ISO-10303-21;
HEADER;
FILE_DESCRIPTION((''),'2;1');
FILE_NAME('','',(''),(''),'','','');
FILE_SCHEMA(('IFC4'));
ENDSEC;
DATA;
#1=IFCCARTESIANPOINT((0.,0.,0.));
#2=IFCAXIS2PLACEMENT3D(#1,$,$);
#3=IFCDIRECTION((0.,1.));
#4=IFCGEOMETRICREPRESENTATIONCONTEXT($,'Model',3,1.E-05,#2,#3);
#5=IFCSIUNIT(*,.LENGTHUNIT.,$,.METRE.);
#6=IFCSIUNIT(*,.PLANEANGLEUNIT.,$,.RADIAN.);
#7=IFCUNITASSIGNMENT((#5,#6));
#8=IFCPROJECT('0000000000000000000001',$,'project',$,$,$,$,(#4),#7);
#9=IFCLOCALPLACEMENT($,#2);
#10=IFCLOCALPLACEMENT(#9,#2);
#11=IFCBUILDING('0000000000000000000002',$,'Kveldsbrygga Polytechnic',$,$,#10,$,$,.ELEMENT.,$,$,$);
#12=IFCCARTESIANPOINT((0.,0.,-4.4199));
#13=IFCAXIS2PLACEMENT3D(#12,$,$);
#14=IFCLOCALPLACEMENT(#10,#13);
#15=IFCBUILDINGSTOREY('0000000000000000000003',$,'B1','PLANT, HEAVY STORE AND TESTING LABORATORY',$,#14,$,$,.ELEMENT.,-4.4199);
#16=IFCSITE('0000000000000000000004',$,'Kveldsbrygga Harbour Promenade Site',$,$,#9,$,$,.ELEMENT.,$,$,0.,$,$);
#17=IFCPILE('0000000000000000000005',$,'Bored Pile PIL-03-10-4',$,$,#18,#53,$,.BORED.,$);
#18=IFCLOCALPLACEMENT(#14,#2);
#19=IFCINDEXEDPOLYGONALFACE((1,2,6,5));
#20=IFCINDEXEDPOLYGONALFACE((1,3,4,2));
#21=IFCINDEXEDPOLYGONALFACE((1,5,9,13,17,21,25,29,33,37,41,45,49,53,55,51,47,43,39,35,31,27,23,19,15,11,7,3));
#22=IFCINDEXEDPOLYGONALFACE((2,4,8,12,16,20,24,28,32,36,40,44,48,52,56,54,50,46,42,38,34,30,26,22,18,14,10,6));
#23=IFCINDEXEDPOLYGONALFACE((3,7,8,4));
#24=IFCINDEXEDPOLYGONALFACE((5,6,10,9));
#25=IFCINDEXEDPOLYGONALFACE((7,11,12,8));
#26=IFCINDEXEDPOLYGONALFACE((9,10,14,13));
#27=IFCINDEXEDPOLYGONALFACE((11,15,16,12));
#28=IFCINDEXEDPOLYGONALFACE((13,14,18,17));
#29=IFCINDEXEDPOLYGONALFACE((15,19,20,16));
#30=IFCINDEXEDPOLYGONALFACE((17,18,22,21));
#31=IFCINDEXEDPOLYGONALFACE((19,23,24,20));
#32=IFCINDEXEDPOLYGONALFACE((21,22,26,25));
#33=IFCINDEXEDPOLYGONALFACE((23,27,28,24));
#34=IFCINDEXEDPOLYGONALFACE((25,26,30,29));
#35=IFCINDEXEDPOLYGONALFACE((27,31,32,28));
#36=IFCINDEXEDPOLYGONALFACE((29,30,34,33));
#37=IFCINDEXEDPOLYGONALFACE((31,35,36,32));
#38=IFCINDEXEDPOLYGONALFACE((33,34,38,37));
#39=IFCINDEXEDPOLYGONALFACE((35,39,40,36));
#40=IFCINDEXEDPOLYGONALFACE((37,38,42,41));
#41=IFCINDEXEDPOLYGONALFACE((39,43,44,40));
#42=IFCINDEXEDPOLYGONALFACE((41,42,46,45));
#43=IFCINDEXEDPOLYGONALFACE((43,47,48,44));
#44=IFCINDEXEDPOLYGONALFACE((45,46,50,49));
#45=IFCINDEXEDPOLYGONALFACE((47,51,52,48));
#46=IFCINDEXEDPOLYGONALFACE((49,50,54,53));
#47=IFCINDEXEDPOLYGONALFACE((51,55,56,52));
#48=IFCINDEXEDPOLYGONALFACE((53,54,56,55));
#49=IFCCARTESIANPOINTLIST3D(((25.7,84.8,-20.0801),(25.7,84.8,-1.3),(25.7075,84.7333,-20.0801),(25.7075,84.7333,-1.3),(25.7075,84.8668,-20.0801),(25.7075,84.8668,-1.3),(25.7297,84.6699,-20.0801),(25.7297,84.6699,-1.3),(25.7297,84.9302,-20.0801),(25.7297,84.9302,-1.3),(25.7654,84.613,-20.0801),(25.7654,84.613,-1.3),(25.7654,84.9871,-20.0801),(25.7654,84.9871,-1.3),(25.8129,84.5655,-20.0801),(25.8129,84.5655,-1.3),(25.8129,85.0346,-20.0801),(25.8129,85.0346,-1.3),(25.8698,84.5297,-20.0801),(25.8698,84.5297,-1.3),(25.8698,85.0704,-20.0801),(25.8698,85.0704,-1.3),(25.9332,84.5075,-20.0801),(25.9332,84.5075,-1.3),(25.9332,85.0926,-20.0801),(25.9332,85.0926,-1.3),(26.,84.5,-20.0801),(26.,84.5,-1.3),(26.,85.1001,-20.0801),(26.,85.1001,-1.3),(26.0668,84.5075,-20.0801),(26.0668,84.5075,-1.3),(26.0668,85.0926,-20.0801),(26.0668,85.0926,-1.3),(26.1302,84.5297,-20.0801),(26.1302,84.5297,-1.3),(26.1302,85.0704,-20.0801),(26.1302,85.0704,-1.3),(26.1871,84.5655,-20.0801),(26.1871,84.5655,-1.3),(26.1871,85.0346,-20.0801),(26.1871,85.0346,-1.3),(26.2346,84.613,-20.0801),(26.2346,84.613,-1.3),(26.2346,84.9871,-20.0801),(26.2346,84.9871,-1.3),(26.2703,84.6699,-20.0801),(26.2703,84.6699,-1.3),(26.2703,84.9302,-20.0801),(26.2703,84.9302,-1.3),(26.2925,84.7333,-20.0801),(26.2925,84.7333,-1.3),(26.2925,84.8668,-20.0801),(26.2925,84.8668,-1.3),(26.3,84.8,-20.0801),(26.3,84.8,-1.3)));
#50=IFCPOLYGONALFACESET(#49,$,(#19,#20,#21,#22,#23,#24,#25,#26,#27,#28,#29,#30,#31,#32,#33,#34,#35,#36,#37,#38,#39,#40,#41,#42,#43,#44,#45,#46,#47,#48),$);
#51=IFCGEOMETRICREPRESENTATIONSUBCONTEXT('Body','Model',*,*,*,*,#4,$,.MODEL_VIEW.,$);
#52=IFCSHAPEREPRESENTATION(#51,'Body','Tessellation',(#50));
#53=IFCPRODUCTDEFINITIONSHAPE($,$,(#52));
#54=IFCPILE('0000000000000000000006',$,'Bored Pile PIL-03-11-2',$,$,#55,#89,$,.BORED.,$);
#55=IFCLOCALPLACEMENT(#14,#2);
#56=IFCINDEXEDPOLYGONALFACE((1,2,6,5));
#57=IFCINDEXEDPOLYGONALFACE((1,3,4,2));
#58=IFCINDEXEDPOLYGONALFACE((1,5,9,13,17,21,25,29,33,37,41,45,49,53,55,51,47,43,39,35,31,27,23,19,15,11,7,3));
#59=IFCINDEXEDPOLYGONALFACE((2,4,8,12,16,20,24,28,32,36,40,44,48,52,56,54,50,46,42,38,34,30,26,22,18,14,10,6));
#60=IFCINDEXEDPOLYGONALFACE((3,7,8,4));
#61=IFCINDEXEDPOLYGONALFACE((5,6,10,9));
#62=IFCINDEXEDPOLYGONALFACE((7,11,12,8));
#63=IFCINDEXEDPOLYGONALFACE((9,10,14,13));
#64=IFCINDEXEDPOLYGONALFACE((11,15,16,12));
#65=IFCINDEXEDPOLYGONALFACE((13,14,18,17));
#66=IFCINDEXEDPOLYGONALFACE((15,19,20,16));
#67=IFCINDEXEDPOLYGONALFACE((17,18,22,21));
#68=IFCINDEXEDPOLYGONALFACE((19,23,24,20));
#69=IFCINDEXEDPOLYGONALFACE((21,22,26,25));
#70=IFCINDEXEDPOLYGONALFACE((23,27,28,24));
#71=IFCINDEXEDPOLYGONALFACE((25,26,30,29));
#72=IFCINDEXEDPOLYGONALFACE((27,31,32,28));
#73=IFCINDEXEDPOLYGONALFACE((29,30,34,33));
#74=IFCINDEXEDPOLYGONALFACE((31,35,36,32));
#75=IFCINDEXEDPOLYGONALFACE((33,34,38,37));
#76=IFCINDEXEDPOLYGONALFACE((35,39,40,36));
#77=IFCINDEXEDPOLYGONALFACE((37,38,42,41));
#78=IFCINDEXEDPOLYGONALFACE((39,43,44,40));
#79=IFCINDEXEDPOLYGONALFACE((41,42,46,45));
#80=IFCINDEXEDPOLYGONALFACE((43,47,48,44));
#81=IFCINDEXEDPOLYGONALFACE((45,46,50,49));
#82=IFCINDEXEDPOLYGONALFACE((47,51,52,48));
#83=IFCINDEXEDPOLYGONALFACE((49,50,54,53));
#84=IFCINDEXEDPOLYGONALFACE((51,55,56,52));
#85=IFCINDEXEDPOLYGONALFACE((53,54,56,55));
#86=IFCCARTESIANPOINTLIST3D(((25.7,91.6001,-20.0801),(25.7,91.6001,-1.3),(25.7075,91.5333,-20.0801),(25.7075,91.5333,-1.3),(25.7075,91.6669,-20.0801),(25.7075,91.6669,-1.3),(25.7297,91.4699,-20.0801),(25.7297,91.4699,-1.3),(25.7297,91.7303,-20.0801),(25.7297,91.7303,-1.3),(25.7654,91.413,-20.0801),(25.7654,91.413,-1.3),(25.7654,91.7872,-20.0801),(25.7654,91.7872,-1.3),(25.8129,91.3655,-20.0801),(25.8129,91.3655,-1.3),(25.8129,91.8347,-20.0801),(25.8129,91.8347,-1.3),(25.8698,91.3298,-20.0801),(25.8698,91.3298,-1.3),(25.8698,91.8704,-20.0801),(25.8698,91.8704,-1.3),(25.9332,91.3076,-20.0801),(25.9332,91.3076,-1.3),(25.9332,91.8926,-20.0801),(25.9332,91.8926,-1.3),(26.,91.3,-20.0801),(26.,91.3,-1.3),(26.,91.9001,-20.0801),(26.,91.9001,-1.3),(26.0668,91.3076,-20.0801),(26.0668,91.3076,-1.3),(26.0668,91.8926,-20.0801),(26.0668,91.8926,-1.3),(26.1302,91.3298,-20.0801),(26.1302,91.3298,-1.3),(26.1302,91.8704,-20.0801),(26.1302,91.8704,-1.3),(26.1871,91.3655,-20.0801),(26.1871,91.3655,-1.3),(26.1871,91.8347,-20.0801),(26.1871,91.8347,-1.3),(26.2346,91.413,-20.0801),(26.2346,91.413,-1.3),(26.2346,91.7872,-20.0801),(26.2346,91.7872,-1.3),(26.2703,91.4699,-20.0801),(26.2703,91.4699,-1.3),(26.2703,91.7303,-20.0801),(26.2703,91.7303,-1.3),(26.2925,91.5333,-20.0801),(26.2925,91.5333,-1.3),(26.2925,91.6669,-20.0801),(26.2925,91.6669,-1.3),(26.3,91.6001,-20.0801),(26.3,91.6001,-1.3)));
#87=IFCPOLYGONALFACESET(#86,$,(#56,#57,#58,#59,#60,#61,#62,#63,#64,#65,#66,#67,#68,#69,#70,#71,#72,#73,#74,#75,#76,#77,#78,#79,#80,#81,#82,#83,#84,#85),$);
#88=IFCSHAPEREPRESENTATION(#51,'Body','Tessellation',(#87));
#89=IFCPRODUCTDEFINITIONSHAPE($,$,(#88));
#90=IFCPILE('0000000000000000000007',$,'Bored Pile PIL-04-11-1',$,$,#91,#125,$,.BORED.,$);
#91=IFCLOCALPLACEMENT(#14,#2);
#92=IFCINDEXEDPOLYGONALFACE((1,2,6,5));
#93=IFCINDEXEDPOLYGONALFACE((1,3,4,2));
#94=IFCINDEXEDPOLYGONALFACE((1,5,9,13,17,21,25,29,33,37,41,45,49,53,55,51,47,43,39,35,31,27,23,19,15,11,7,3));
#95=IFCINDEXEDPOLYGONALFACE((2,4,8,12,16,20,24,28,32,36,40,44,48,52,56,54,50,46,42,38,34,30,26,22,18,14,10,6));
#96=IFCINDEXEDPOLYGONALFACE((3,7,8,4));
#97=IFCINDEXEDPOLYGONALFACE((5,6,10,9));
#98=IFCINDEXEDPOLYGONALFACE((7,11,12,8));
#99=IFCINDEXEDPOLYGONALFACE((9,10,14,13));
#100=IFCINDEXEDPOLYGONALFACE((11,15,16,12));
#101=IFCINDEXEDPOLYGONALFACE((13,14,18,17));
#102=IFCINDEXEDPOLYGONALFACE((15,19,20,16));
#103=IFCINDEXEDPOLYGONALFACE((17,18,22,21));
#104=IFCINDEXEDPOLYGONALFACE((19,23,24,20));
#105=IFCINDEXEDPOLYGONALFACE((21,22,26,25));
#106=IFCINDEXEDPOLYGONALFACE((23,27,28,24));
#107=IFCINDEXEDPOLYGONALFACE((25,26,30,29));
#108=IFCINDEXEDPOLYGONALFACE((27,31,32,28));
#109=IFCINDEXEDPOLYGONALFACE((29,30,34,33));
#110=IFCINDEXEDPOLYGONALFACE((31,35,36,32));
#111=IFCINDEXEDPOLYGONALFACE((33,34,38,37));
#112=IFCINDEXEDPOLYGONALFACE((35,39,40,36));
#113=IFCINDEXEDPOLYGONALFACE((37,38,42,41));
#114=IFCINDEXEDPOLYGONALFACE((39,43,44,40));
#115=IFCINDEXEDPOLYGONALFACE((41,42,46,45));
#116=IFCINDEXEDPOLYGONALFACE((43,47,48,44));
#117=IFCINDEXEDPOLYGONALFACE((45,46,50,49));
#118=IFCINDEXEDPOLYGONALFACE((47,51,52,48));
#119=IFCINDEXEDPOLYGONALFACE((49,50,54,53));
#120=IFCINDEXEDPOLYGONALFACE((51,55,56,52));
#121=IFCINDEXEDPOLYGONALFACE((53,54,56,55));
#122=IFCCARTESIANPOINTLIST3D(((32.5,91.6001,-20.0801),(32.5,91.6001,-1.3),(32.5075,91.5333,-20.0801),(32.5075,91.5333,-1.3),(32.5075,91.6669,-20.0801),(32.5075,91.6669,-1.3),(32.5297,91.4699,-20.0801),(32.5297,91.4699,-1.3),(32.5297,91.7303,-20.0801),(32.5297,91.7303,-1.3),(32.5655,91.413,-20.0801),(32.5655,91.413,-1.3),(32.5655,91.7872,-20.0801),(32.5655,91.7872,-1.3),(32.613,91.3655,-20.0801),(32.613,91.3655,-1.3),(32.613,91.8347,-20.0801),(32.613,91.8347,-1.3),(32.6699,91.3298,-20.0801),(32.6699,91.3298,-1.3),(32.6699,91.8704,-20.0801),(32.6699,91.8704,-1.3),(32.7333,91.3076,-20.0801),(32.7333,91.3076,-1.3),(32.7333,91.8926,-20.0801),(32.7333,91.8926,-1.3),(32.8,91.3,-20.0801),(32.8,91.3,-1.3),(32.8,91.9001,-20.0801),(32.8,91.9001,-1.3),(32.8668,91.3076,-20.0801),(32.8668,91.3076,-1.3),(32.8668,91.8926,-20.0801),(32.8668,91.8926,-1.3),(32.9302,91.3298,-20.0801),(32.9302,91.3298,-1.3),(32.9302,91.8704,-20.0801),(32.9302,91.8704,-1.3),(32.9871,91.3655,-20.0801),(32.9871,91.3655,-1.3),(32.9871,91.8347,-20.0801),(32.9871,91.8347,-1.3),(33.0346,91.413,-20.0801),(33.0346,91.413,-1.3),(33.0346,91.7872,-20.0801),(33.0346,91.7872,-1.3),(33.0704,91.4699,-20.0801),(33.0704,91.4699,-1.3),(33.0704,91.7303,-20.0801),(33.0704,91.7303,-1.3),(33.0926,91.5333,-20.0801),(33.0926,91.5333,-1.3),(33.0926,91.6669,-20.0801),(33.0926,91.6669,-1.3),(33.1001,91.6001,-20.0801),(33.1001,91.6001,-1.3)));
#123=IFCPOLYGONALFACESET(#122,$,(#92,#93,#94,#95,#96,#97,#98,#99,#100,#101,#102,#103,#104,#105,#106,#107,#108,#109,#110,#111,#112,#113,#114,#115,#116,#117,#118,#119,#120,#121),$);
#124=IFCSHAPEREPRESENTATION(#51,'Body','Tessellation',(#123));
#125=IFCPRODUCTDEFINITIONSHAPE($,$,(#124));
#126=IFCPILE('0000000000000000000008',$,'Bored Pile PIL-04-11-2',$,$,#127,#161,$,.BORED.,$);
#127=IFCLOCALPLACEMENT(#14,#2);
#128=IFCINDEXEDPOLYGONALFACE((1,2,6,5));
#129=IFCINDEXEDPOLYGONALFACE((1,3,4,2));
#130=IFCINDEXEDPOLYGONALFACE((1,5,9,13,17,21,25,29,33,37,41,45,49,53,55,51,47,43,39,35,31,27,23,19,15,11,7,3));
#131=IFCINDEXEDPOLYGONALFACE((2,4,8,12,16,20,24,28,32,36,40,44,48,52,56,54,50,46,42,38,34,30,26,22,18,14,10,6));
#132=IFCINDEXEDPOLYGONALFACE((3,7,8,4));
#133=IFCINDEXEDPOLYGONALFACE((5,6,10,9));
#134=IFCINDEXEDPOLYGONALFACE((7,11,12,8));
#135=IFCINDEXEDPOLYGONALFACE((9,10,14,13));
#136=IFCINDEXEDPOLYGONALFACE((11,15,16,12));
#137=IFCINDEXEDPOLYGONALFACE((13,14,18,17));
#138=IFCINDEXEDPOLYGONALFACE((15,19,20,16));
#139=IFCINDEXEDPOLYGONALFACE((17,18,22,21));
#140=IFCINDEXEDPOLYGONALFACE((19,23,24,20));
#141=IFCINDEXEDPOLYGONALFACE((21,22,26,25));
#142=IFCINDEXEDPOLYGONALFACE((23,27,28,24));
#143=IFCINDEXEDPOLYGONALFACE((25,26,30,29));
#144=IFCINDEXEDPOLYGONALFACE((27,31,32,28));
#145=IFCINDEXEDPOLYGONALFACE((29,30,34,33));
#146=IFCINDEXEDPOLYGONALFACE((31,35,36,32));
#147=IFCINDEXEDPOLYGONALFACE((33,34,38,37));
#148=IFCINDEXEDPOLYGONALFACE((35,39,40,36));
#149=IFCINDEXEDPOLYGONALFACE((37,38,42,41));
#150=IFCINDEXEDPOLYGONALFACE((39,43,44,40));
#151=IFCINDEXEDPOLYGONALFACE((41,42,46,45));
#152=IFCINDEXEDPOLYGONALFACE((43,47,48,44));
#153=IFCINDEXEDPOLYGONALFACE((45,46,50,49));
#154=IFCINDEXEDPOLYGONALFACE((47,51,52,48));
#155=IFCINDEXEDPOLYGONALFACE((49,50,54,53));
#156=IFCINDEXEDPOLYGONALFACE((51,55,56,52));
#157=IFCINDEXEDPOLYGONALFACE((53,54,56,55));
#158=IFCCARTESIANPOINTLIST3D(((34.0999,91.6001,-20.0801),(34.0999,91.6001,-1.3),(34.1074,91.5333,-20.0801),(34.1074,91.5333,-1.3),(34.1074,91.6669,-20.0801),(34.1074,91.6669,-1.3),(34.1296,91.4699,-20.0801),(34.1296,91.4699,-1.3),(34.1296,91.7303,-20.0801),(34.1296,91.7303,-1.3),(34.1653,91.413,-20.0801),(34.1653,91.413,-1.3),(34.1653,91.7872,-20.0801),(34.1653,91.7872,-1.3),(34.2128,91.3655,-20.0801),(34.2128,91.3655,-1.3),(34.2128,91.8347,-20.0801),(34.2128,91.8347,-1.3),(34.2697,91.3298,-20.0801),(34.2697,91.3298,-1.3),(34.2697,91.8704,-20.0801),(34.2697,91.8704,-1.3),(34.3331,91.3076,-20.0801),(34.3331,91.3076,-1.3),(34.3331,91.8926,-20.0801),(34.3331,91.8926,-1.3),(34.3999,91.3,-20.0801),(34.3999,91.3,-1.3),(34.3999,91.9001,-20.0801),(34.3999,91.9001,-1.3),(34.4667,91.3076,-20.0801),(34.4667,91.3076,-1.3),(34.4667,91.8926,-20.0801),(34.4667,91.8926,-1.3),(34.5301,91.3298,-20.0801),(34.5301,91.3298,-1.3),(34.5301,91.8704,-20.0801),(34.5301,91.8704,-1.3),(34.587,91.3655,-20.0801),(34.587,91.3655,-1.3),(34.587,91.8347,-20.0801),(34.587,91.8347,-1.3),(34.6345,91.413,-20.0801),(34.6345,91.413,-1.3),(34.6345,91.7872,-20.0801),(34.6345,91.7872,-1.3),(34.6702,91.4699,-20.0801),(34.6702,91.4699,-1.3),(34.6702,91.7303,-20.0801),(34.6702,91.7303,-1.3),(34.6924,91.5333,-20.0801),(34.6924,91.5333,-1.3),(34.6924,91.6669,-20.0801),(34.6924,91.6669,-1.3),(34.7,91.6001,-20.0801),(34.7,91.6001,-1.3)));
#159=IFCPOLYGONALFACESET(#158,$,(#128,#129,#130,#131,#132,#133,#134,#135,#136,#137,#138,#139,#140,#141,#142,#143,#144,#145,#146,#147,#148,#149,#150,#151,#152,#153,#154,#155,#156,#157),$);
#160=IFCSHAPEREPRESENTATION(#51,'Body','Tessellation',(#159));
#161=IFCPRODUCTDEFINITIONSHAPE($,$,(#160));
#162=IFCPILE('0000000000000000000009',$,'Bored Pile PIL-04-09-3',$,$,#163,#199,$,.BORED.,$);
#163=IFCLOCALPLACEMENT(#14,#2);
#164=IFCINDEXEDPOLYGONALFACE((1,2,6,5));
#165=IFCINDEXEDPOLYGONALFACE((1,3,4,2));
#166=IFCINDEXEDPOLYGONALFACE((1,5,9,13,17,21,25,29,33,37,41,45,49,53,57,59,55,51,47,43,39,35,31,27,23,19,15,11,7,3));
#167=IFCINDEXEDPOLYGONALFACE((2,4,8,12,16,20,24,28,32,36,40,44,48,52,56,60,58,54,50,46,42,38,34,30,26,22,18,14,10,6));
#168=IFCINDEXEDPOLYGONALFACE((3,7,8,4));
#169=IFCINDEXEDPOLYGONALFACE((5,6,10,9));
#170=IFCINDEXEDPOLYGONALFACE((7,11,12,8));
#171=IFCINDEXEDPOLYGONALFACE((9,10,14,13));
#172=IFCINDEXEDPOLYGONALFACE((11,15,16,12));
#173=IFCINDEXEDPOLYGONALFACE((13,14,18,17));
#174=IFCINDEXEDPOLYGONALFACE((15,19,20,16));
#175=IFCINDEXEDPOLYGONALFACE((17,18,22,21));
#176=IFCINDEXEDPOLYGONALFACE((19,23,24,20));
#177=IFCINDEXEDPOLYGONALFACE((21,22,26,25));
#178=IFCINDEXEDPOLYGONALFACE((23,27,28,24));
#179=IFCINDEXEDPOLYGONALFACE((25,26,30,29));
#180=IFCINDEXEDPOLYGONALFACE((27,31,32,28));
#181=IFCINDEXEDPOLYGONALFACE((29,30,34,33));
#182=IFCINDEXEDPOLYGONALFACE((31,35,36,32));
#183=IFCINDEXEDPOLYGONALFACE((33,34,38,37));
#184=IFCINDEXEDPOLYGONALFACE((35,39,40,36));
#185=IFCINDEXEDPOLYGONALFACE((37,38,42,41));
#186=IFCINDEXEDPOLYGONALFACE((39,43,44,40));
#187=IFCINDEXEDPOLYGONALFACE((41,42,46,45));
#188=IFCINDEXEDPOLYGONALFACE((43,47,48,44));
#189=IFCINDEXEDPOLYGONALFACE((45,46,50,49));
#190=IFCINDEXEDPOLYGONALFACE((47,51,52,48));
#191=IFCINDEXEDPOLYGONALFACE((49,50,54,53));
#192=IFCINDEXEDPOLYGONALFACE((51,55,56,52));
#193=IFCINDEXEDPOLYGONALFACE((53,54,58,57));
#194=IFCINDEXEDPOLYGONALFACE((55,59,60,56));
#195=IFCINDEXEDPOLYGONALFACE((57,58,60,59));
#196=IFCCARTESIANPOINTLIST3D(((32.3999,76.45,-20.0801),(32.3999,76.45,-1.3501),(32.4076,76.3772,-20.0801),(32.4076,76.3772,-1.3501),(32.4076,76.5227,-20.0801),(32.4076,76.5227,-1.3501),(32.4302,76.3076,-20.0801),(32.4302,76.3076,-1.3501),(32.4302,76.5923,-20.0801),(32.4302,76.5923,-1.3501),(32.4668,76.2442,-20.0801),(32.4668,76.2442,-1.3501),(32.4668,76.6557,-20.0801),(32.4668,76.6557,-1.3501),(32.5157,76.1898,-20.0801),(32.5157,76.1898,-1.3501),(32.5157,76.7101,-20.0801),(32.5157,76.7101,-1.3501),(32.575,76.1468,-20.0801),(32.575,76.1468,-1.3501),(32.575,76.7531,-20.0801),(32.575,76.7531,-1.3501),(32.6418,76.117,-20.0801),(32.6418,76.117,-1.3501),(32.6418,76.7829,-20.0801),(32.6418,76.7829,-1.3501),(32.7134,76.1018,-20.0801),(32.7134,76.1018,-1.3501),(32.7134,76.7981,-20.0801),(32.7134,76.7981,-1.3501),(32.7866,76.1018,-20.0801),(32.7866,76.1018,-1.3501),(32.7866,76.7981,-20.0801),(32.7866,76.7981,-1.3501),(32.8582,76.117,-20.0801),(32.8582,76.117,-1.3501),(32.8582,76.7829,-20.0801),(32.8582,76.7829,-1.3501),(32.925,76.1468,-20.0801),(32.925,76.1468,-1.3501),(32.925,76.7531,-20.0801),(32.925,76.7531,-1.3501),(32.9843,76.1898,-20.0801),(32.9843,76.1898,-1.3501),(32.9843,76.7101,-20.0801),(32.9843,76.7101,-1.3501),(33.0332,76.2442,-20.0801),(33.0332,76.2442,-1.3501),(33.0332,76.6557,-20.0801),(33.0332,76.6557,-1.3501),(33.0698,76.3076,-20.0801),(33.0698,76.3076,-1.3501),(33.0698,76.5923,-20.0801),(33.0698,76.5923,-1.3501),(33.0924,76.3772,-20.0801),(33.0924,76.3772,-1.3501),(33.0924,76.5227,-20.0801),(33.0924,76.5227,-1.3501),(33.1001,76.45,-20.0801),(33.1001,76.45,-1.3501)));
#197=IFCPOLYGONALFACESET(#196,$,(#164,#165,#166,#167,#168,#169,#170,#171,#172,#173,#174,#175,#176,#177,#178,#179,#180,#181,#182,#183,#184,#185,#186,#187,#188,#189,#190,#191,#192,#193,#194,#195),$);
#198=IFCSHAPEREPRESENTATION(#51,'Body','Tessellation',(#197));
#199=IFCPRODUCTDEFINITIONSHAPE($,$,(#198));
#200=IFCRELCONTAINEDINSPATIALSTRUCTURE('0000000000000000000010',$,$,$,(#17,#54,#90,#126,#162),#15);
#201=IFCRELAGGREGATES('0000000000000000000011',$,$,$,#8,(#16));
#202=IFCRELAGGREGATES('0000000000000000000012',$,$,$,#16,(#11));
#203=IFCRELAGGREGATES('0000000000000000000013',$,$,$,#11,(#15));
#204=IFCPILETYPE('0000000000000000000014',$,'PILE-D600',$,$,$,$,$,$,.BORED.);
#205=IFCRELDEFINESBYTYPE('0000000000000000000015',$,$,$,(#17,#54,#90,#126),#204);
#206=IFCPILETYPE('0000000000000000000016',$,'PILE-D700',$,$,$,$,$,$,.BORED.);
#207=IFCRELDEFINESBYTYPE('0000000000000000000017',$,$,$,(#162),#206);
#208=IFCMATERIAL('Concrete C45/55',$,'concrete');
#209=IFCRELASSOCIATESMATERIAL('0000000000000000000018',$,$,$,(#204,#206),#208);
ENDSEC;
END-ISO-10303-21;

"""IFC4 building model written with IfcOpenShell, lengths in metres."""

from ifc_helpers import new_model, si_unit, direction, frame, origin, origin_2d, place, context, subcontext, project, spatial, circle, extrude, material, material_profile, profile_set, type_object, element, save


model = new_model("IFC4")

# Units and contexts
model_context = context("Model", 3, precision=1e-05, world=origin(), true_north=direction((0.0, 1.0)))
body_context = subcontext(model_context, "Body", "Model", "MODEL_VIEW")
ifc_project = project(units=[si_unit("LENGTHUNIT", "METRE"), si_unit("PLANEANGLEUNIT", "RADIAN")], contexts=[model_context])

# Site, building, storey
site_placement = place(None, origin())
site = spatial("IfcSite", under=ifc_project, at=site_placement, Name="Kveldsbrygga Harbour Promenade Site", CompositionType="ELEMENT", RefElevation=0.0)
building_placement = place(site_placement, origin())
building = spatial("IfcBuilding", under=site, at=building_placement, Name="Kveldsbrygga Polytechnic", CompositionType="ELEMENT")
storey_placement = place(building_placement, frame((0.0, 0.0, -4.4199)))
storey = spatial("IfcBuildingStorey", under=building, at=storey_placement, Name="B1", Description="PLANT, HEAVY STORE AND TESTING LABORATORY", CompositionType="ELEMENT", Elevation=-4.4199)

# Shared definitions
ifc_material_1 = material(Name="Concrete C45/55", Category="concrete")

# Piles
ifc_material_profile_1 = material_profile(ifc_material_1, circle(Radius=0.3, at=origin_2d()), Name="PILE D600")
ifc_profile_set_1 = profile_set([ifc_material_profile_1], Name="Concrete C45/55")
pile_type_1 = type_object("IfcPileType", Name="PILE-D600", PredefinedType="BORED", material=ifc_profile_set_1)
for number, where, z_axis, x_axis, name in (
    (1, (26.0, 84.8, -1.3), (0.0, 0.0, -1.0), (1.0, 0.0, 0.0), "Bored Pile PIL-03-10-4"),
    (2, (26.0, 91.6001, -1.3), (0.0, 0.0, -1.0), (1.0, 0.0, 0.0), "Bored Pile PIL-03-11-2"),
    (3, (32.8, 91.6001, -1.3), (0.0, 0.0, -1.0), (1.0, 0.0, 0.0), "Bored Pile PIL-04-11-1"),
    (4, (34.3999, 91.6001, -1.3), (0.0, 0.0, -1.0), (1.0, 0.0, 0.0), "Bored Pile PIL-04-11-2"),
):
    element("IfcPile", number, at=place(storey_placement, frame(where, z_axis=z_axis, x_axis=x_axis)), inside=storey, type_object=pile_type_1, Name=name, PredefinedType="BORED", context=body_context, shape_type="SweptSolid", body=[
        extrude(circle(Radius=0.3, at=origin_2d()), origin(), (0.0, 0.0, 1.0), 18.78),
    ])
ifc_material_profile_2 = material_profile(ifc_material_1, circle(Radius=0.3501, at=origin_2d()), Name="PILE D700")
ifc_profile_set_2 = profile_set([ifc_material_profile_2], Name="Concrete C45/55")
pile_type_2 = type_object("IfcPileType", Name="PILE-D700", PredefinedType="BORED", material=ifc_profile_set_2)
for number, where, z_axis, x_axis, name in (
    (5, (32.75, 76.45, -1.3501), (0.0, 0.0, -1.0), (1.0, 0.0, 0.0), "Bored Pile PIL-04-09-3"),
):
    element("IfcPile", number, at=place(storey_placement, frame(where, z_axis=z_axis, x_axis=x_axis)), inside=storey, type_object=pile_type_2, Name=name, PredefinedType="BORED", context=body_context, shape_type="SweptSolid", body=[
        extrude(circle(Radius=0.3501, at=origin_2d()), origin(), (0.0, 0.0, 1.0), 18.73),
    ])

save(model, "model.ifc")
